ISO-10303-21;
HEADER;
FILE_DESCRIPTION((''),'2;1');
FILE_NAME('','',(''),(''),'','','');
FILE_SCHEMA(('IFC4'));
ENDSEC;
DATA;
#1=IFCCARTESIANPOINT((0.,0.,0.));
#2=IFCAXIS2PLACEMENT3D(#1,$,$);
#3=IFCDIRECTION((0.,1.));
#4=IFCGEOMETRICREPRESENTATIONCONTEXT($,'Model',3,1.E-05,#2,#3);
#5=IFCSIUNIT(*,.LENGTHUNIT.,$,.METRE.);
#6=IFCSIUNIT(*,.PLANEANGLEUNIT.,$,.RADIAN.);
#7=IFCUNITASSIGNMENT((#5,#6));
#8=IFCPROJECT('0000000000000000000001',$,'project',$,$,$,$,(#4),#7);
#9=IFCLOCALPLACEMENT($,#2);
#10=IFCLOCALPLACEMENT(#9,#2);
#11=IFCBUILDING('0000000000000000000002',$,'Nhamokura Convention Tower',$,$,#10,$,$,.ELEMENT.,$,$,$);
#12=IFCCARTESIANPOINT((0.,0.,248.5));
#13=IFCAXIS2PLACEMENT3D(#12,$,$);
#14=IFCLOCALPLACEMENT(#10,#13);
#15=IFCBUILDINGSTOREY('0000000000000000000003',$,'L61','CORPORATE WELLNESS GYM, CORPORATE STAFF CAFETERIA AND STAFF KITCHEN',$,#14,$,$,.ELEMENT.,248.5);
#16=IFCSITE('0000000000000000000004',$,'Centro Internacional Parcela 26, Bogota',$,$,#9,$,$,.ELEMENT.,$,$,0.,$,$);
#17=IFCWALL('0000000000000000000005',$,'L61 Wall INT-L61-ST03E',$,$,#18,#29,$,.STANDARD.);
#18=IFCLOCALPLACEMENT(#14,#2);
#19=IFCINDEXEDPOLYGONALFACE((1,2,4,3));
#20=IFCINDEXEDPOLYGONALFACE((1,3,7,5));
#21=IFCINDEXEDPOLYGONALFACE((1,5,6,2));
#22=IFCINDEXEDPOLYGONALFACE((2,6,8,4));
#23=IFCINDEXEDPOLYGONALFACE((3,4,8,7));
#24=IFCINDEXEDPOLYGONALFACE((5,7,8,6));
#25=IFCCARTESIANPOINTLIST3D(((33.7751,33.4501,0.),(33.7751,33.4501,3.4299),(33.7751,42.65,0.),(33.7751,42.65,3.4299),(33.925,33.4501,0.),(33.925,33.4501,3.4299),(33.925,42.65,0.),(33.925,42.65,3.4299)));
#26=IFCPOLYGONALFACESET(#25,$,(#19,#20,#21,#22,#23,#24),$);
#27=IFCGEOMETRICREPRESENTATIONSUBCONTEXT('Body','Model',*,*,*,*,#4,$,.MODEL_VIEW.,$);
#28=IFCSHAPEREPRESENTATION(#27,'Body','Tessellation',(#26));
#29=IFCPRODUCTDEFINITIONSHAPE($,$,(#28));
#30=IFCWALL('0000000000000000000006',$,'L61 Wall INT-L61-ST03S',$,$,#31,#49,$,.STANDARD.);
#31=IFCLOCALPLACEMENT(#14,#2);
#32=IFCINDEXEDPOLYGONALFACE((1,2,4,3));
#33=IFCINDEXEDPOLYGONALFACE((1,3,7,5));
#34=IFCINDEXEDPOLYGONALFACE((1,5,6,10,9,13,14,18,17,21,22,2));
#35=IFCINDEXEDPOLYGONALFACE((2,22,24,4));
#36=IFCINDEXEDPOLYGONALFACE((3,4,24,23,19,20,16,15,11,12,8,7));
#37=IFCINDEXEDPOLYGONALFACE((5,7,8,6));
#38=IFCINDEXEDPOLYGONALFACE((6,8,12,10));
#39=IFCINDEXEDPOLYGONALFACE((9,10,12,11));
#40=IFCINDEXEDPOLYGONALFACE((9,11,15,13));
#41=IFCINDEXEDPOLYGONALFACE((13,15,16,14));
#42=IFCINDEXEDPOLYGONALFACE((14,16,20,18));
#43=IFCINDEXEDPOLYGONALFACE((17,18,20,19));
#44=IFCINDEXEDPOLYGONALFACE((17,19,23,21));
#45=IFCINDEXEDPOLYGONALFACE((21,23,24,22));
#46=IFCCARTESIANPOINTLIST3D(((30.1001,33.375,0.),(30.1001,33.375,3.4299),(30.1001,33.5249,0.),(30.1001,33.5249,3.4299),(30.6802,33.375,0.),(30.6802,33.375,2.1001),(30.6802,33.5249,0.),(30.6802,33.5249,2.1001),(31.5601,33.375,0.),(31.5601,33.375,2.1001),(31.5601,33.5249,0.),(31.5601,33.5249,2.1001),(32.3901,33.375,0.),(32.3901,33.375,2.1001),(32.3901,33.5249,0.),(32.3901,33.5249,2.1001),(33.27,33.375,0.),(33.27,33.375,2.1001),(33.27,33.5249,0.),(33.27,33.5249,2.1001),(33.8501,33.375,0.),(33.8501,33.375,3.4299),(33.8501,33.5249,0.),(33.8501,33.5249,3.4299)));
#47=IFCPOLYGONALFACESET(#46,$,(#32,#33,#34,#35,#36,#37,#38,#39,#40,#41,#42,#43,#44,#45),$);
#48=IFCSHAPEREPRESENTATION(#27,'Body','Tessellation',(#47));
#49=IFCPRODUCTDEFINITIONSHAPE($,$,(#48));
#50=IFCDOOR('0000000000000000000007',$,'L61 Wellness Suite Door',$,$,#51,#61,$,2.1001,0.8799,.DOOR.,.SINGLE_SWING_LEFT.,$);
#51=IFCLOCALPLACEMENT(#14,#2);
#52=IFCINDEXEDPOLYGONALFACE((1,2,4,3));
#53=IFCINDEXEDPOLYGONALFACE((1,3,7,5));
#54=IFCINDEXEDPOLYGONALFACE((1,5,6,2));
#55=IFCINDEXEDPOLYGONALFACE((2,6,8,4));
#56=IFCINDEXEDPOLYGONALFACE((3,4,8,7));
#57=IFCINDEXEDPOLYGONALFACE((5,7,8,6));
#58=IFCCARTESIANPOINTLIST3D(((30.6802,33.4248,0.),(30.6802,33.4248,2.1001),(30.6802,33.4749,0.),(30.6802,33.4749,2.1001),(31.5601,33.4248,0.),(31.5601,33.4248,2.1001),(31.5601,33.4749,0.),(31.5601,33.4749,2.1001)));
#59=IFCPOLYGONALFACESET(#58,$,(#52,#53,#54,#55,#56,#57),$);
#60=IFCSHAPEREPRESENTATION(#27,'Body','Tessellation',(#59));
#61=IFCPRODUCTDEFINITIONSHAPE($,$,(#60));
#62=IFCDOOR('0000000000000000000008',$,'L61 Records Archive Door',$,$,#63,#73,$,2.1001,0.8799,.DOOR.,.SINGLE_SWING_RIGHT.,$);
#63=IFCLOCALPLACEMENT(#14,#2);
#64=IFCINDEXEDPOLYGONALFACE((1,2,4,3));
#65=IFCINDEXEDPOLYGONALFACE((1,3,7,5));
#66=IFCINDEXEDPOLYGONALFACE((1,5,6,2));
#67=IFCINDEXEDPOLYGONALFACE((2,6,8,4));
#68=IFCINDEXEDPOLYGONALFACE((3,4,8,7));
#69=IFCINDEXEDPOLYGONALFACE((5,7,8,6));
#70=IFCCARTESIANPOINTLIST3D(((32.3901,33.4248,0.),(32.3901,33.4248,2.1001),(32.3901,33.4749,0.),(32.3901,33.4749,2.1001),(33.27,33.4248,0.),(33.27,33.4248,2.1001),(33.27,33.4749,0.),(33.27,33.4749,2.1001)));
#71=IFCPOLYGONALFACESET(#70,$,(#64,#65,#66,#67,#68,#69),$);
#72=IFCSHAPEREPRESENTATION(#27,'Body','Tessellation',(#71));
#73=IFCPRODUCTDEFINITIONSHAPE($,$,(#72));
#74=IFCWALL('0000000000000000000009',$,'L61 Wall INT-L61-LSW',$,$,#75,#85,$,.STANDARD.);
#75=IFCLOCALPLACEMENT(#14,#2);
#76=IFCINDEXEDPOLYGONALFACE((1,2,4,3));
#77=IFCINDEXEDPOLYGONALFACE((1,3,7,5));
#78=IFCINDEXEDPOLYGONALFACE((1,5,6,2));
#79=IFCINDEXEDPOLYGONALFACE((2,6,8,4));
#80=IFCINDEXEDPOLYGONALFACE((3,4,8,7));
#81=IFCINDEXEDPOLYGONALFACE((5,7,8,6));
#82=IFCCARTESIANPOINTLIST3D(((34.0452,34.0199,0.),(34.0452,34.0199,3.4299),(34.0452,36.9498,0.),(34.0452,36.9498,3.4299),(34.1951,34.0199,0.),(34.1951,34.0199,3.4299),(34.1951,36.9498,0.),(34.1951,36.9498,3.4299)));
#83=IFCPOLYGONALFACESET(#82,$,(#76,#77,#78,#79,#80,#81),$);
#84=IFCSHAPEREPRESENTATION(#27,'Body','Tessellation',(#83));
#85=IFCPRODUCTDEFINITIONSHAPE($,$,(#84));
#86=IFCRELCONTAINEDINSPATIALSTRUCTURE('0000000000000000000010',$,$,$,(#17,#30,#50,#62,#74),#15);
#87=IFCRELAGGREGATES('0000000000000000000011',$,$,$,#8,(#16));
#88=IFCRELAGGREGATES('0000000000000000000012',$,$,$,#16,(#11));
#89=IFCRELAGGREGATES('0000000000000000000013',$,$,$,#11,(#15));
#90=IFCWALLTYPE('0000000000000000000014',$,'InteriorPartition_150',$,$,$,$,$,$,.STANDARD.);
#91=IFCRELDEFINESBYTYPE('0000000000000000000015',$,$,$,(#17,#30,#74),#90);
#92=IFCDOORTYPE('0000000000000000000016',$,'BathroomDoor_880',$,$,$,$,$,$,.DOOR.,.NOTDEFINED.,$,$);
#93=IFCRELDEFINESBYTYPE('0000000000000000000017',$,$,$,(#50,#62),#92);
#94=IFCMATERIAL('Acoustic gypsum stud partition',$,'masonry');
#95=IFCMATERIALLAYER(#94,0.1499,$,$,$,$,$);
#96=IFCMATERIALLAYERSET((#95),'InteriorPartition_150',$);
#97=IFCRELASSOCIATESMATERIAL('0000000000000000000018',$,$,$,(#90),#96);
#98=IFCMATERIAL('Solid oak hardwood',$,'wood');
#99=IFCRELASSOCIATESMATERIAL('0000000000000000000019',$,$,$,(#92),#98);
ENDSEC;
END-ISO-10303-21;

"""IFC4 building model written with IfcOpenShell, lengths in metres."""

from ifc_helpers import new_model, si_unit, direction, frame, frame_2d, origin, place, context, subcontext, project, spatial, rectangle, extrude, material, layer, layer_set, type_object, element, fill, save


model = new_model("IFC4")

# Units and contexts
model_context = context("Model", 3, precision=1e-05, world=origin(), true_north=direction((0.0, 1.0)))
body_context = subcontext(model_context, "Body", "Model", "MODEL_VIEW")
ifc_project = project(units=[si_unit("LENGTHUNIT", "METRE"), si_unit("PLANEANGLEUNIT", "RADIAN")], contexts=[model_context])

# Site, building, storey
site_placement = place(None, origin())
site = spatial("IfcSite", under=ifc_project, at=site_placement, Name="Centro Internacional Parcela 26, Bogota", CompositionType="ELEMENT", RefElevation=0.0)
building_placement = place(site_placement, origin())
building = spatial("IfcBuilding", under=site, at=building_placement, Name="Nhamokura Convention Tower", CompositionType="ELEMENT")
storey_placement = place(building_placement, frame((0.0, 0.0, 248.5)))
storey = spatial("IfcBuildingStorey", under=building, at=storey_placement, Name="L61", Description="CORPORATE WELLNESS GYM, CORPORATE STAFF CAFETERIA AND STAFF KITCHEN", CompositionType="ELEMENT", Elevation=248.5)

# Wall
ifc_material_1 = material(Name="Acoustic gypsum stud partition", Category="masonry")
ifc_layer_1 = layer(ifc_material_1, 0.1499)
ifc_layer_set_1 = layer_set([ifc_layer_1], Name="InteriorPartition_150")
wall_type_1 = type_object("IfcWallType", Name="InteriorPartition_150", PredefinedType="STANDARD", material=ifc_layer_set_1)
for number, where, z_axis, x_axis, name in (
    (1, (33.8501, 33.45, 0.0), (0.0, 0.0, 1.0), (0.0, 1.0, 0.0), "L61 Wall INT-L61-ST03E"),
):
    element("IfcWall", number, at=place(storey_placement, frame(where, z_axis=z_axis, x_axis=x_axis)), inside=storey, type_object=wall_type_1, Name=name, PredefinedType="STANDARD", context=body_context, shape_type="SweptSolid", body=[
        extrude(rectangle(XDim=9.2, YDim=0.1499, at=frame_2d((4.6001, 0.0))), origin(), (0.0, 0.0, 1.0), 3.4299),
    ])

# Wall, openings, doors
wall_1_placement = place(storey_placement, frame((30.1001, 33.45, 0.0), z_axis=(0.0, 0.0, 1.0), x_axis=(1.0, 0.0, 0.0)))
wall_1 = element("IfcWall", 2, at=wall_1_placement, inside=storey, type_object=wall_type_1, Name="L61 Wall INT-L61-ST03S", PredefinedType="STANDARD", context=body_context, shape_type="SweptSolid", body=[
    extrude(rectangle(XDim=3.75, YDim=0.1499, at=frame_2d((1.875, 0.0))), origin(), (0.0, 0.0, 1.0), 3.4299),
])
opening_1_placement = place(wall_1_placement, frame((0.5801, 0.0, 0.0)))
opening_1 = element("IfcOpeningElement", 3, at=opening_1_placement, cuts=wall_1, PredefinedType="OPENING", context=body_context, shape_type="SweptSolid", body=[
    extrude(rectangle(XDim=0.8799, YDim=2.1001, at=frame_2d((0.4399, 1.05))), frame((0.0, 0.085, 0.0), z_axis=(0.0, -1.0, 0.0), x_axis=(1.0, 0.0, 0.0)), (0.0, 0.0, 1.0), 0.1699),
])
opening_2_placement = place(wall_1_placement, frame((2.29, 0.0, 0.0)))
opening_2 = element("IfcOpeningElement", 4, at=opening_2_placement, cuts=wall_1, PredefinedType="OPENING", context=body_context, shape_type="SweptSolid", body=[
    extrude(rectangle(XDim=0.8799, YDim=2.1001, at=frame_2d((0.4399, 1.05))), frame((0.0, 0.085, 0.0), z_axis=(0.0, -1.0, 0.0), x_axis=(1.0, 0.0, 0.0)), (0.0, 0.0, 1.0), 0.1699),
])
ifc_material_2 = material(Name="Solid oak hardwood", Category="wood")
door_type_1 = type_object("IfcDoorType", Name="BathroomDoor_880", OperationType="NOTDEFINED", PredefinedType="DOOR", material=ifc_material_2)
door_1_placement = place(opening_1_placement, origin())
door_1 = element("IfcDoor", 5, at=door_1_placement, inside=storey, type_object=door_type_1, Name="L61 Wellness Suite Door", OperationType="SINGLE_SWING_LEFT", OverallHeight=2.1001, OverallWidth=0.8799, PredefinedType="DOOR", context=body_context, shape_type="SweptSolid", body=[
    extrude(rectangle(XDim=0.8799, YDim=2.1001, at=frame_2d((0.4399, 1.05))), frame((0.0, 0.0249, 0.0), z_axis=(0.0, -1.0, 0.0), x_axis=(1.0, 0.0, 0.0)), (0.0, 0.0, 1.0), 0.05),
])
fill(opening_1, door_1)
door_2_placement = place(opening_2_placement, origin())
door_2 = element("IfcDoor", 6, at=door_2_placement, inside=storey, type_object=door_type_1, Name="L61 Records Archive Door", OperationType="SINGLE_SWING_RIGHT", OverallHeight=2.1001, OverallWidth=0.8799, PredefinedType="DOOR", context=body_context, shape_type="SweptSolid", body=[
    extrude(rectangle(XDim=0.8799, YDim=2.1001, at=frame_2d((0.4399, 1.05))), frame((0.0, 0.0249, 0.0), z_axis=(0.0, -1.0, 0.0), x_axis=(1.0, 0.0, 0.0)), (0.0, 0.0, 1.0), 0.05),
])
fill(opening_2, door_2)

# Wall
wall_2_placement = place(storey_placement, frame((34.1201, 34.02, 0.0), z_axis=(0.0, 0.0, 1.0), x_axis=(0.0, 1.0, 0.0)))
element("IfcWall", 7, at=wall_2_placement, inside=storey, type_object=wall_type_1, Name="L61 Wall INT-L61-LSW", PredefinedType="STANDARD", context=body_context, shape_type="SweptSolid", body=[
    extrude(rectangle(XDim=2.9299, YDim=0.1499, at=frame_2d((1.4648, 0.0))), origin(), (0.0, 0.0, 1.0), 3.4299),
])

save(model, "model.ifc")
